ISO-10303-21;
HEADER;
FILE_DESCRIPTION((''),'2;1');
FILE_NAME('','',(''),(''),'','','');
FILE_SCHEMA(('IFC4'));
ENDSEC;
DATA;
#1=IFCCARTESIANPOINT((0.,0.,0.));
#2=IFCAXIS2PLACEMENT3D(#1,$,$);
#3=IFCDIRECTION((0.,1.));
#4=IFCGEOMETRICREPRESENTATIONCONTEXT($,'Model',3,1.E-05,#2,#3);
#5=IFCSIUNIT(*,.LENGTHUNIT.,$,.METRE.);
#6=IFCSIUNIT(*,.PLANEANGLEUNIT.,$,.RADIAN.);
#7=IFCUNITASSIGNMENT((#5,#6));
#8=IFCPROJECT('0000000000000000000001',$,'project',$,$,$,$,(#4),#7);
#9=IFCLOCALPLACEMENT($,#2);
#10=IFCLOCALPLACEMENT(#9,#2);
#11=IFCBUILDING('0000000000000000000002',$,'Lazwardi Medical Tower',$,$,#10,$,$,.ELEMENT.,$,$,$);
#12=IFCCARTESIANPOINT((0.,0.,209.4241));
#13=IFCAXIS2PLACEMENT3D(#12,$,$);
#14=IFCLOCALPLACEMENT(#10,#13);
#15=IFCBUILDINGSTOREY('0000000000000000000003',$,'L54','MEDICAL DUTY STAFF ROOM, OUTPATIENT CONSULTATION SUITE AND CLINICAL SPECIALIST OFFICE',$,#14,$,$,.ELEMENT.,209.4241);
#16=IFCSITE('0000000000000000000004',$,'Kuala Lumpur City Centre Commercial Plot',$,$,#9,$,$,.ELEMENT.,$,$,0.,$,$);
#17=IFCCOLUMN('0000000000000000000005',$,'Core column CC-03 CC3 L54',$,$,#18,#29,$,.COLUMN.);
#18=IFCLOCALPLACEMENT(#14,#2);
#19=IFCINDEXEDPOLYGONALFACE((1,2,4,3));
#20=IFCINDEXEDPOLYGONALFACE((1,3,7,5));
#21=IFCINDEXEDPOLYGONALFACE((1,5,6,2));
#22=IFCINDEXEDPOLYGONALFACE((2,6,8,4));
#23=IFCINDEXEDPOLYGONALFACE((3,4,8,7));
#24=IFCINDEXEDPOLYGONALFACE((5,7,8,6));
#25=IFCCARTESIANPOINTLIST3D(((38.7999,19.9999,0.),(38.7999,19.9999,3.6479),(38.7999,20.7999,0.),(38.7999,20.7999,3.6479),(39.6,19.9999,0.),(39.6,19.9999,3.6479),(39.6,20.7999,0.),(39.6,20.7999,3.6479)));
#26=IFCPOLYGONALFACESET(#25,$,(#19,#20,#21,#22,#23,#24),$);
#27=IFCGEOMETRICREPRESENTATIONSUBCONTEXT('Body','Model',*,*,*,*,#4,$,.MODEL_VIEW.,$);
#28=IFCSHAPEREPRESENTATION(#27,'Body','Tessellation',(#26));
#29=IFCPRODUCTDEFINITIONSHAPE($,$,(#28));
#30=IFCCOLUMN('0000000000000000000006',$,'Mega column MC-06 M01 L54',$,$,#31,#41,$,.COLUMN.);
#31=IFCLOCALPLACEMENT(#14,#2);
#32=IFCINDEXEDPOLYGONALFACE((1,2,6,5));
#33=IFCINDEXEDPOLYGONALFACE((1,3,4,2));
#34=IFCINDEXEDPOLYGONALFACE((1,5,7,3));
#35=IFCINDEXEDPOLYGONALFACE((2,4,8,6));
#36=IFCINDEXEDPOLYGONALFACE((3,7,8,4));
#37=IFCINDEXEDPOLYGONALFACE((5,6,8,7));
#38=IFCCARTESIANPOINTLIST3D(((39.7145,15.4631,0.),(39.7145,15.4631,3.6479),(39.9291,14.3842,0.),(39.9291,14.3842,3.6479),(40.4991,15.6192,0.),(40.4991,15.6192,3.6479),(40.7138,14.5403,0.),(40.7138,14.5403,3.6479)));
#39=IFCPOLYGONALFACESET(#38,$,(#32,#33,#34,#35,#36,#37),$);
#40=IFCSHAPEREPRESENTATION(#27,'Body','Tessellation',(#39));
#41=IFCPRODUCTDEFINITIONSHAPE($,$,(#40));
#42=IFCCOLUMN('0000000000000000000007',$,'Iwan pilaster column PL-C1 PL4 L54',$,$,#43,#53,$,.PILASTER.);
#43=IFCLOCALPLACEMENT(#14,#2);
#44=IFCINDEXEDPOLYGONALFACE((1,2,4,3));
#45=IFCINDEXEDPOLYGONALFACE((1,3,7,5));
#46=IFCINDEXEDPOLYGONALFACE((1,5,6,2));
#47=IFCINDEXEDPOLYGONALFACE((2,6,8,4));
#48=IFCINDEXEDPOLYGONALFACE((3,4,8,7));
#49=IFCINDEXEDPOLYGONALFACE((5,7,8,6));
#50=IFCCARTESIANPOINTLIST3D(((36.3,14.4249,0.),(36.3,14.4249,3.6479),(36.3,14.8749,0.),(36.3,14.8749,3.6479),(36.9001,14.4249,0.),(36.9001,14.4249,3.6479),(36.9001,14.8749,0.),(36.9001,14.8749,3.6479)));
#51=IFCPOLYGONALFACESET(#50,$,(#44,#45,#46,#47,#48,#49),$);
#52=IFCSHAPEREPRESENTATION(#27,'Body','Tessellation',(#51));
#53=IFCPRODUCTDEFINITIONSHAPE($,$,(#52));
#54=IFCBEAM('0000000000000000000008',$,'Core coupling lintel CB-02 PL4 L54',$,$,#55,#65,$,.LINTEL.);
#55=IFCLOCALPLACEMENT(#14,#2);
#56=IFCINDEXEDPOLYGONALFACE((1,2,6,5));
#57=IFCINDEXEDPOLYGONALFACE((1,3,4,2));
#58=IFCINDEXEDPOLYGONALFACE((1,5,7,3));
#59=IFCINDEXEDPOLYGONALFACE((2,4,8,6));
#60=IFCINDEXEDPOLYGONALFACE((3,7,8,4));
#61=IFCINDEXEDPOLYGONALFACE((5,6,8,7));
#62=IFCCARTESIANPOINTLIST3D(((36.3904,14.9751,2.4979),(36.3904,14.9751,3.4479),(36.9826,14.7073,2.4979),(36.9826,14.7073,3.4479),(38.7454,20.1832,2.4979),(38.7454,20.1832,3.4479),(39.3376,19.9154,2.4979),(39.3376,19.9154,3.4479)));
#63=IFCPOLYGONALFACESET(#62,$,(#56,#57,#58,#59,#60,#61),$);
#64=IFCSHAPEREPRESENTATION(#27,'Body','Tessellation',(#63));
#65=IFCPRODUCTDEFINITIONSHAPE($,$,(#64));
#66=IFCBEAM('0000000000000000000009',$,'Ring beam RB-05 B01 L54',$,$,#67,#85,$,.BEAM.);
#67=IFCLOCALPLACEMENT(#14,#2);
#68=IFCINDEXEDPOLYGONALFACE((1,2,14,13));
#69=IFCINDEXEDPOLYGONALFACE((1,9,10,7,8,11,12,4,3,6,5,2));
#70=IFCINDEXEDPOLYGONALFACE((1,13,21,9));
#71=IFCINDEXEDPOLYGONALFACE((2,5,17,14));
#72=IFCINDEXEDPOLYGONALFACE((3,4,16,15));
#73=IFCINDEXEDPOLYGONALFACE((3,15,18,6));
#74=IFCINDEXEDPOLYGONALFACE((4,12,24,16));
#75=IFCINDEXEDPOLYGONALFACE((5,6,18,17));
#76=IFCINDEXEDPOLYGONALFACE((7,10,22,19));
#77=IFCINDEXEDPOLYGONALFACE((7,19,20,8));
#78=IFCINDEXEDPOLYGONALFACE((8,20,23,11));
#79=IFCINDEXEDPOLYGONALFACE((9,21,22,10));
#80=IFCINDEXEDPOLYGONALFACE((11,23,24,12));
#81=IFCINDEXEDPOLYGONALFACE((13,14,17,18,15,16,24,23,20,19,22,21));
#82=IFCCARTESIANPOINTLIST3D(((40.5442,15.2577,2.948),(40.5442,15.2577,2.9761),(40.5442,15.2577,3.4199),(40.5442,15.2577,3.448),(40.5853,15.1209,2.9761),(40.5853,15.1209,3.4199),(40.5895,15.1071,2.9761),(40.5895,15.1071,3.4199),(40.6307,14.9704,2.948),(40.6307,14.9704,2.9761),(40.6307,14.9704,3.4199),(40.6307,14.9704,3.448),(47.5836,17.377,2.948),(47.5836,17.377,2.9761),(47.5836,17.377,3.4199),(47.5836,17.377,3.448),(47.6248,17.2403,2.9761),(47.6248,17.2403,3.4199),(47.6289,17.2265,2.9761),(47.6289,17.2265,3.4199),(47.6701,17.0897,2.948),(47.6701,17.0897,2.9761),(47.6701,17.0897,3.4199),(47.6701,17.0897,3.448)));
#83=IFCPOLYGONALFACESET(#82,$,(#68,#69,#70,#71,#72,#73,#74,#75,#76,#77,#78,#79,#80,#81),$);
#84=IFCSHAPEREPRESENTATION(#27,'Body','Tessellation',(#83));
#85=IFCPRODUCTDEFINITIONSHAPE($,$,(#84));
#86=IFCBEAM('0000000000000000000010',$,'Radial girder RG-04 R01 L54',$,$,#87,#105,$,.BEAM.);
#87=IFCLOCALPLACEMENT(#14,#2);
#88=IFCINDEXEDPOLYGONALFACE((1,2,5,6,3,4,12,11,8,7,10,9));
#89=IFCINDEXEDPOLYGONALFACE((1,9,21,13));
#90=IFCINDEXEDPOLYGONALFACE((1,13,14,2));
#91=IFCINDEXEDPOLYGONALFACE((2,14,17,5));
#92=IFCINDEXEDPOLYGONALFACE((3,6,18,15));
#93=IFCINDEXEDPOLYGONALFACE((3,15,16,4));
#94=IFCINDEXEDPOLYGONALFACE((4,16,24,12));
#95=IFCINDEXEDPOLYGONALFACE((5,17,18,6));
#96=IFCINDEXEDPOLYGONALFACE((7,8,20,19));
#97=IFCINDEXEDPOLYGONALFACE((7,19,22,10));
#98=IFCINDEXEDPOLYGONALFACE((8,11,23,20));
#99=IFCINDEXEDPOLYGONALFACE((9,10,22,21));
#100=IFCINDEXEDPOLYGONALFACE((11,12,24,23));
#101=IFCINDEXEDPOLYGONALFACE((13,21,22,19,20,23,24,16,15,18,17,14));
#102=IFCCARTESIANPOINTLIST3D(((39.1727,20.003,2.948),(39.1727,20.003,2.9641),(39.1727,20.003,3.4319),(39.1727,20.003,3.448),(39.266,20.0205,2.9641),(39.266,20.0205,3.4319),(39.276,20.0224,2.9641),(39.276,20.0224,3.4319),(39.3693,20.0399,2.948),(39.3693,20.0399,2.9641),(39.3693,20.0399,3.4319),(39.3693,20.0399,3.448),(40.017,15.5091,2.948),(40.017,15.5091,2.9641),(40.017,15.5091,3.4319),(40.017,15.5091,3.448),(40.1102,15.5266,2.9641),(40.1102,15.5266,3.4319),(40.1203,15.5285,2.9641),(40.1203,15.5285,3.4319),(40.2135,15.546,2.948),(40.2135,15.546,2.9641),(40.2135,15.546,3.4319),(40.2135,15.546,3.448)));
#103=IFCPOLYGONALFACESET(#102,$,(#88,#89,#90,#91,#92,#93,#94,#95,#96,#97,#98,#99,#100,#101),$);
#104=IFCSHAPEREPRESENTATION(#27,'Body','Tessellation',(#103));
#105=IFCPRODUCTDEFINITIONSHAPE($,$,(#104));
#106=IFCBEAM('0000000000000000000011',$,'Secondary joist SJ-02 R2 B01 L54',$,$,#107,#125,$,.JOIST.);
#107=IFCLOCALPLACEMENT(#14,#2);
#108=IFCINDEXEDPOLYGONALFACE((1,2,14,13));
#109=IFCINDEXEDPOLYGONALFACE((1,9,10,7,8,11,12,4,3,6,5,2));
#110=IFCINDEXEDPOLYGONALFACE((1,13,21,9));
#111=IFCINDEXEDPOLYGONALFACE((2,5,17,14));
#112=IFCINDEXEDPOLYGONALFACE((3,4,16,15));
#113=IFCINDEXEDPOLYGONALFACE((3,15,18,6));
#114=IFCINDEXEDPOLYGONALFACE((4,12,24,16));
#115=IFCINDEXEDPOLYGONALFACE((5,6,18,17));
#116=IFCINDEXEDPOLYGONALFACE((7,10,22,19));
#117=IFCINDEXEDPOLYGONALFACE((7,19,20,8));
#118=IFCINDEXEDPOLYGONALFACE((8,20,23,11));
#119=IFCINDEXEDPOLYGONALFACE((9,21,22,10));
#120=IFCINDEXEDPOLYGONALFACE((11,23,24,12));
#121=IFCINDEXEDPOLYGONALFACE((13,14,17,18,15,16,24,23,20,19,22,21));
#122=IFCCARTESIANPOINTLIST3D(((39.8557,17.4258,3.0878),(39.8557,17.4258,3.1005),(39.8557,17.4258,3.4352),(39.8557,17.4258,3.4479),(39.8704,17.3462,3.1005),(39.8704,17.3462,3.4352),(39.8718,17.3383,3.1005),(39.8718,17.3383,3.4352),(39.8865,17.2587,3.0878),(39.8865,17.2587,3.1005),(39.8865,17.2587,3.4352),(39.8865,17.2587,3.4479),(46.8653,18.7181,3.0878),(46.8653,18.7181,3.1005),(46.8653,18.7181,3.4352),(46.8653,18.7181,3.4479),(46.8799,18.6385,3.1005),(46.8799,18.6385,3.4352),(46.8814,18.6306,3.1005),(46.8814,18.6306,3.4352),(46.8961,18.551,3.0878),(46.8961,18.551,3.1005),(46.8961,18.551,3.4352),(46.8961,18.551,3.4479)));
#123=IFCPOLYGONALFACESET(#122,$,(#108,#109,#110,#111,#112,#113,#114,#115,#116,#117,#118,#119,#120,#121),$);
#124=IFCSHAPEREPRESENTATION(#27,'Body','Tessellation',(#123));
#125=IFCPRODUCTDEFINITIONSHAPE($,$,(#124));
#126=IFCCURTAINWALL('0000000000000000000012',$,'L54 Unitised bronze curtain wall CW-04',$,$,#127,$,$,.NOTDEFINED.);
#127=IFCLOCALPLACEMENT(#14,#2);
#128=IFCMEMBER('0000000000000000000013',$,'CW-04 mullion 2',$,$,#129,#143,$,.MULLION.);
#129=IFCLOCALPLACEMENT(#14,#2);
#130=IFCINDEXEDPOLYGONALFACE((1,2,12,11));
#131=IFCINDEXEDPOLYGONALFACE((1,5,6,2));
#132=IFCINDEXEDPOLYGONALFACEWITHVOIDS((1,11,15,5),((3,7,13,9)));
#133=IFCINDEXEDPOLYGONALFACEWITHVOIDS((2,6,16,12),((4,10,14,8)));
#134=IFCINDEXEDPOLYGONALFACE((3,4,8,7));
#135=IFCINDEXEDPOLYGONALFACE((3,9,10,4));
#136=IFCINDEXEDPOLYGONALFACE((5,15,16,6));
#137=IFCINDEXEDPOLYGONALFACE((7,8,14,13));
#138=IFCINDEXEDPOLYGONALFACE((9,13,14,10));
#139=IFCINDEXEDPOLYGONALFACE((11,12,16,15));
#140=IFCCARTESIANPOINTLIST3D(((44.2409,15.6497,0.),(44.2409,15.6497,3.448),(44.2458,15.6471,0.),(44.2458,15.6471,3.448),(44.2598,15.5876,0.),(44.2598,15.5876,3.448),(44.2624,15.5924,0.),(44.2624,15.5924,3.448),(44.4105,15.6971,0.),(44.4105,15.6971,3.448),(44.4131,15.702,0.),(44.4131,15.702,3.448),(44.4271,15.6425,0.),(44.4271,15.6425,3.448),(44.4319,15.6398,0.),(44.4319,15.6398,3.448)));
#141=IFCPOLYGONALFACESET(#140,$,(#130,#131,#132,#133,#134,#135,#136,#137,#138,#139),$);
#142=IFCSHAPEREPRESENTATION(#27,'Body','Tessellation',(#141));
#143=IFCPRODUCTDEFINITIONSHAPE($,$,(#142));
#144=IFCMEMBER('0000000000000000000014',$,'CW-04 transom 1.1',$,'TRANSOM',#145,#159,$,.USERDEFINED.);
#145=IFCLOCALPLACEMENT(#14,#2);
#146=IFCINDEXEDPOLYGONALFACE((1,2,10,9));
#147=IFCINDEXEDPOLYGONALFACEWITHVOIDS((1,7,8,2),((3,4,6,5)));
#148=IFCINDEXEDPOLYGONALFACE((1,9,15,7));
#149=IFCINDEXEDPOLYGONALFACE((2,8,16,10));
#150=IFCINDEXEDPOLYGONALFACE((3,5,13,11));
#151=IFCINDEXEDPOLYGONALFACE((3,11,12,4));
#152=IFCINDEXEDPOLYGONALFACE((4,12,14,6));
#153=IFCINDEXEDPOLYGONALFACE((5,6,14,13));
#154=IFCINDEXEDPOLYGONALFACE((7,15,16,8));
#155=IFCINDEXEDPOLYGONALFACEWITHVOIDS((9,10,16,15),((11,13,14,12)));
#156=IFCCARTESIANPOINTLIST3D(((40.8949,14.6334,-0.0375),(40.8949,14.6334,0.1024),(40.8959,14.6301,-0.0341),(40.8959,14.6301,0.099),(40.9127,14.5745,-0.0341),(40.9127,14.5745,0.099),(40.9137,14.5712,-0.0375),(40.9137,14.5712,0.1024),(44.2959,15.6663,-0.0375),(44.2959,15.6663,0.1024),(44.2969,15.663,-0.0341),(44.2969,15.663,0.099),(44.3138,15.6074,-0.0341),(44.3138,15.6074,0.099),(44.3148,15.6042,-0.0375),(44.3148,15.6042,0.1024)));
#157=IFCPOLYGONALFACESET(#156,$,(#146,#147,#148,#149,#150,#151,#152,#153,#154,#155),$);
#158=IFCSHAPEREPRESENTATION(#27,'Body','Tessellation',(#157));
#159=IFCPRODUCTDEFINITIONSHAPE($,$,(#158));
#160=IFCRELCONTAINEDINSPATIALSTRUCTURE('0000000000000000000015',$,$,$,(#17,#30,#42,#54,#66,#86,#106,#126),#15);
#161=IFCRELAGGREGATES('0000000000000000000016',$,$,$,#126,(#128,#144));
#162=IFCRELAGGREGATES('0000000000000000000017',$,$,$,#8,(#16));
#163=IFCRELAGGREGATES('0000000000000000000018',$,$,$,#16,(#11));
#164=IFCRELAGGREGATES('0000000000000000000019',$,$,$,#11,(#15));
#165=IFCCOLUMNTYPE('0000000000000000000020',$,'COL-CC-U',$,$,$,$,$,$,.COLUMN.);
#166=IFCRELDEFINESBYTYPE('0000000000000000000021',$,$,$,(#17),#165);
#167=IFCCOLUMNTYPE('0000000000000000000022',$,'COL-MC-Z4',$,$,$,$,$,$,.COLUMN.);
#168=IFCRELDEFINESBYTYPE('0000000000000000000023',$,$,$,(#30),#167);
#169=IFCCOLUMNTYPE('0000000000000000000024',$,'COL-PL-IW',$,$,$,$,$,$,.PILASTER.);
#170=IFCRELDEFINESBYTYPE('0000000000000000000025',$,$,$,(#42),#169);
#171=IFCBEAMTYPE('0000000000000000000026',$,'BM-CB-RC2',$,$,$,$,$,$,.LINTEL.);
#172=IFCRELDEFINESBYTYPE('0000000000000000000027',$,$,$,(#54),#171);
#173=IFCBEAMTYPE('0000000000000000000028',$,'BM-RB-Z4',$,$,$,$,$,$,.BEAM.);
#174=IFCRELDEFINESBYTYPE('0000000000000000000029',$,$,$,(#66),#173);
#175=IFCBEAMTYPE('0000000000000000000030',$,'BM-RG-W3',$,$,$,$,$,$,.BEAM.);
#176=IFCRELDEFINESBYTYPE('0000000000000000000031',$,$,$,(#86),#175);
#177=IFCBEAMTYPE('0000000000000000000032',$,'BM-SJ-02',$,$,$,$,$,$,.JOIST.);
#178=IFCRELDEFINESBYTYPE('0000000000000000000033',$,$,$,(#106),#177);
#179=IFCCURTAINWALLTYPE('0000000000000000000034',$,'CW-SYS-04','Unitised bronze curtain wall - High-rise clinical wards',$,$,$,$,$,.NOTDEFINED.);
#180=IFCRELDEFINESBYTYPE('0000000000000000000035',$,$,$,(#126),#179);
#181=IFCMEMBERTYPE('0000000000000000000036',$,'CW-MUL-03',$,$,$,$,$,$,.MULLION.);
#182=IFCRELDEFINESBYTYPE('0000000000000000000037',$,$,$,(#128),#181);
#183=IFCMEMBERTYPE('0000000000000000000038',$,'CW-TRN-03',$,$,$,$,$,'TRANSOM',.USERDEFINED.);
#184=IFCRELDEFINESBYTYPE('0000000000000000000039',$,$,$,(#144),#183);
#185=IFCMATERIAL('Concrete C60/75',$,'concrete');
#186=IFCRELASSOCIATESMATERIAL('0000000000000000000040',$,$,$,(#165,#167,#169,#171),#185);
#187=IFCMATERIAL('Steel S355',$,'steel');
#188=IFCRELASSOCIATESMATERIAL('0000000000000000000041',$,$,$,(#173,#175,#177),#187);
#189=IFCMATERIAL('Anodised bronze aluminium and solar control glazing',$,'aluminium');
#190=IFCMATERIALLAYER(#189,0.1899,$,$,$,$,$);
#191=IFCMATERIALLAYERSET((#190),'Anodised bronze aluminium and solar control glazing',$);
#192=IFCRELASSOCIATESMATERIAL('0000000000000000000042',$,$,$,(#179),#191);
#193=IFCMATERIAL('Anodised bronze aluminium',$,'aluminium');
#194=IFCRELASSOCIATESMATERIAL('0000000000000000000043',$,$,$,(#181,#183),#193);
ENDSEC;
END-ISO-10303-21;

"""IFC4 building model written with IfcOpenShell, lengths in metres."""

from ifc_helpers import new_model, si_unit, direction, frame, origin, origin_2d, place, context, subcontext, project, spatial, rectangle, hollow_rectangle, i_section, extrude, material, layer, layer_set, material_profile, profile_set, type_object, element, aggregate, save


model = new_model("IFC4")

# Units and contexts
model_context = context("Model", 3, precision=1e-05, world=origin(), true_north=direction((0.0, 1.0)))
body_context = subcontext(model_context, "Body", "Model", "MODEL_VIEW")
ifc_project = project(units=[si_unit("LENGTHUNIT", "METRE"), si_unit("PLANEANGLEUNIT", "RADIAN")], contexts=[model_context])

# Site, building, storey
site_placement = place(None, origin())
site = spatial("IfcSite", under=ifc_project, at=site_placement, Name="Kuala Lumpur City Centre Commercial Plot", CompositionType="ELEMENT", RefElevation=0.0)
building_placement = place(site_placement, origin())
building = spatial("IfcBuilding", under=site, at=building_placement, Name="Lazwardi Medical Tower", CompositionType="ELEMENT")
storey_placement = place(building_placement, frame((0.0, 0.0, 209.4241)))
storey = spatial("IfcBuildingStorey", under=building, at=storey_placement, Name="L54", Description="MEDICAL DUTY STAFF ROOM, OUTPATIENT CONSULTATION SUITE AND CLINICAL SPECIALIST OFFICE", CompositionType="ELEMENT", Elevation=209.4241)

# Columns
ifc_material_1 = material(Name="Concrete C60/75", Category="concrete")
ifc_material_profile_1 = material_profile(ifc_material_1, rectangle(XDim=0.8, YDim=0.8, at=origin_2d()), Name="RC 800x800")
ifc_profile_set_1 = profile_set([ifc_material_profile_1], Name="Concrete C60/75")
column_type_1 = type_object("IfcColumnType", Name="COL-CC-U", PredefinedType="COLUMN", material=ifc_profile_set_1)
column_1_placement = place(storey_placement, frame((39.2, 20.3999, 0.0), z_axis=(0.0, 0.0, 1.0), x_axis=(1.0, 0.0, 0.0)))
element("IfcColumn", 1, at=column_1_placement, inside=storey, type_object=column_type_1, Name="Core column CC-03 CC3 L54", PredefinedType="COLUMN", context=body_context, shape_type="SweptSolid", body=[
    extrude(rectangle(XDim=0.8, YDim=0.8, at=origin_2d()), origin(), (0.0, 0.0, 1.0), 3.6479),
])
ifc_material_profile_2 = material_profile(ifc_material_1, rectangle(XDim=1.1001, YDim=0.8, at=origin_2d()), Name="CFT-RECT 1100x800")
ifc_profile_set_2 = profile_set([ifc_material_profile_2], Name="Concrete C60/75")
column_type_2 = type_object("IfcColumnType", Name="COL-MC-Z4", PredefinedType="COLUMN", material=ifc_profile_set_2)
column_2_placement = place(storey_placement, frame((40.2141, 15.0017, 0.0), z_axis=(0.0, 0.0, 1.0), x_axis=(0.19509, -0.980785, 0.0)))
element("IfcColumn", 2, at=column_2_placement, inside=storey, type_object=column_type_2, Name="Mega column MC-06 M01 L54", PredefinedType="COLUMN", context=body_context, shape_type="SweptSolid", body=[
    extrude(rectangle(XDim=1.1001, YDim=0.8, at=origin_2d()), origin(), (0.0, 0.0, 1.0), 3.6479),
])
ifc_material_profile_3 = material_profile(ifc_material_1, rectangle(XDim=0.6001, YDim=0.45, at=origin_2d()), Name="RC 600x450")
ifc_profile_set_3 = profile_set([ifc_material_profile_3], Name="Concrete C60/75")
column_type_3 = type_object("IfcColumnType", Name="COL-PL-IW", PredefinedType="PILASTER", material=ifc_profile_set_3)
column_3_placement = place(storey_placement, frame((36.6001, 14.6499, 0.0), z_axis=(0.0, 0.0, 1.0), x_axis=(1.0, 0.0, 0.0)))
element("IfcColumn", 3, at=column_3_placement, inside=storey, type_object=column_type_3, Name="Iwan pilaster column PL-C1 PL4 L54", PredefinedType="PILASTER", context=body_context, shape_type="SweptSolid", body=[
    extrude(rectangle(XDim=0.6001, YDim=0.45, at=origin_2d()), origin(), (0.0, 0.0, 1.0), 3.6479),
])

# Beams
ifc_material_profile_4 = material_profile(ifc_material_1, rectangle(XDim=0.6499, YDim=0.95, at=origin_2d()), Name="RC 650x950")
ifc_profile_set_4 = profile_set([ifc_material_profile_4], Name="Concrete C60/75")
beam_type_1 = type_object("IfcBeamType", Name="BM-CB-RC2", PredefinedType="LINTEL", material=ifc_profile_set_4)
beam_1_placement = place(storey_placement, frame((39.0415, 20.0493, 2.9729), z_axis=(-0.412019, -0.911175, 0.0), x_axis=(0.911175, -0.412019, 0.0)))
element("IfcBeam", 4, at=beam_1_placement, inside=storey, type_object=beam_type_1, Name="Core coupling lintel CB-02 PL4 L54", PredefinedType="LINTEL", context=body_context, shape_type="SweptSolid", body=[
    extrude(rectangle(XDim=0.6499, YDim=0.95, at=origin_2d()), origin(), (0.0, 0.0, 1.0), 5.7158),
])
ifc_material_2 = material(Name="Steel S355", Category="steel")
ifc_material_profile_5 = material_profile(ifc_material_2, i_section(OverallWidth=0.3, OverallDepth=0.5, WebThickness=0.0144, FlangeThickness=0.0281, at=origin_2d()), Name="HEB 500")
ifc_profile_set_5 = profile_set([ifc_material_profile_5], Name="Steel S355")
beam_type_2 = type_object("IfcBeamType", Name="BM-RB-Z4", PredefinedType="BEAM", material=ifc_profile_set_5)
beam_2_placement = place(storey_placement, frame((40.5874, 15.114, 3.198), z_axis=(0.957544, 0.288286, 0.0), x_axis=(-0.288286, 0.957544, 0.0)))
element("IfcBeam", 5, at=beam_2_placement, inside=storey, type_object=beam_type_2, Name="Ring beam RB-05 B01 L54", PredefinedType="BEAM", context=body_context, shape_type="SweptSolid", body=[
    extrude(i_section(OverallWidth=0.3, OverallDepth=0.5, WebThickness=0.0144, FlangeThickness=0.0281, at=origin_2d()), origin(), (0.0, 0.0, 1.0), 7.3516),
])
ifc_material_profile_6 = material_profile(ifc_material_2, i_section(OverallWidth=0.2, OverallDepth=0.5, WebThickness=0.0103, FlangeThickness=0.0161, at=origin_2d()), Name="IPE 500")
ifc_profile_set_6 = profile_set([ifc_material_profile_6], Name="Steel S355")
beam_type_3 = type_object("IfcBeamType", Name="BM-RG-W3", PredefinedType="BEAM", material=ifc_profile_set_6)
beam_3_placement = place(storey_placement, frame((40.1152, 15.5276, 3.198), z_axis=(-0.184633, 0.982807, 0.0), x_axis=(-0.982807, -0.184633, 0.0)))
element("IfcBeam", 6, at=beam_3_placement, inside=storey, type_object=beam_type_3, Name="Radial girder RG-04 R01 L54", PredefinedType="BEAM", context=body_context, shape_type="SweptSolid", body=[
    extrude(i_section(OverallWidth=0.2, OverallDepth=0.5, WebThickness=0.0103, FlangeThickness=0.0161, at=origin_2d()), origin(), (0.0, 0.0, 1.0), 4.5725),
])
ifc_material_profile_7 = material_profile(ifc_material_2, i_section(OverallWidth=0.1699, OverallDepth=0.3601, WebThickness=0.0081, FlangeThickness=0.0127, at=origin_2d()), Name="IPE 360")
ifc_profile_set_7 = profile_set([ifc_material_profile_7], Name="Steel S355")
beam_type_4 = type_object("IfcBeamType", Name="BM-SJ-02", PredefinedType="JOIST", material=ifc_profile_set_7)
beam_4_placement = place(storey_placement, frame((39.8711, 17.3423, 3.2678), z_axis=(0.983428, 0.181299, 0.0), x_axis=(-0.181299, 0.983428, 0.0)))
element("IfcBeam", 7, at=beam_4_placement, inside=storey, type_object=beam_type_4, Name="Secondary joist SJ-02 R2 B01 L54", PredefinedType="JOIST", context=body_context, shape_type="SweptSolid", body=[
    extrude(i_section(OverallWidth=0.1699, OverallDepth=0.3601, WebThickness=0.0081, FlangeThickness=0.0127, at=origin_2d()), origin(), (0.0, 0.0, 1.0), 7.1277),
])

# Curtain wall, members
ifc_material_3 = material(Name="Anodised bronze aluminium and solar control glazing", Category="aluminium")
ifc_layer_1 = layer(ifc_material_3, 0.1899)
ifc_layer_set_1 = layer_set([ifc_layer_1], Name="Anodised bronze aluminium and solar control glazing")
curtain_wall_type = type_object("IfcCurtainWallType", Name="CW-SYS-04", Description="Unitised bronze curtain wall - High-rise clinical wards", PredefinedType="NOTDEFINED", material=ifc_layer_set_1)
curtain_wall_placement = place(storey_placement, origin())
curtain_wall = element("IfcCurtainWall", 8, at=curtain_wall_placement, inside=storey, type_object=curtain_wall_type, Name="L54 Unitised bronze curtain wall CW-04", PredefinedType="NOTDEFINED")
ifc_material_4 = material(Name="Anodised bronze aluminium", Category="aluminium")
ifc_material_profile_8 = material_profile(ifc_material_4, hollow_rectangle(XDim=0.0649, YDim=0.1799, WallThickness=0.0039, at=origin_2d()), Name="ALU-MULLION 180x65x4")
ifc_profile_set_8 = profile_set([ifc_material_profile_8], Name="Anodised bronze aluminium")
member_type_1 = type_object("IfcMemberType", Name="CW-MUL-03", PredefinedType="MULLION", material=ifc_profile_set_8)
member_1_placement = place(storey_placement, frame((44.3364, 15.6448, 0.0), z_axis=(0.0, 0.0, 1.0), x_axis=(-0.290582, 0.95685, 0.0)))
member_1 = element("IfcMember", 9, at=member_1_placement, type_object=member_type_1, Name="CW-04 mullion 2", PredefinedType="MULLION", context=body_context, shape_type="SweptSolid", body=[
    extrude(hollow_rectangle(XDim=0.0649, YDim=0.1799, WallThickness=0.0039, at=origin_2d()), origin(), (0.0, 0.0, 1.0), 3.448),
])
ifc_material_profile_9 = material_profile(ifc_material_4, hollow_rectangle(XDim=0.0649, YDim=0.1399, WallThickness=0.0034, at=origin_2d()), Name="ALU-TRANSOM 140x65x3.5")
ifc_profile_set_9 = profile_set([ifc_material_profile_9], Name="Anodised bronze aluminium")
member_type_2 = type_object("IfcMemberType", Name="CW-TRN-03", ElementType="TRANSOM", PredefinedType="USERDEFINED", material=ifc_profile_set_9)
member_2_placement = place(storey_placement, frame((40.9043, 14.6023, 0.0325), z_axis=(0.956843, 0.290604, 0.0), x_axis=(-0.290604, 0.956843, 0.0)))
member_2 = element("IfcMember", 10, at=member_2_placement, type_object=member_type_2, Name="CW-04 transom 1.1", ObjectType="TRANSOM", PredefinedType="USERDEFINED", context=body_context, shape_type="SweptSolid", body=[
    extrude(hollow_rectangle(XDim=0.0649, YDim=0.1399, WallThickness=0.0034, at=origin_2d()), origin(), (0.0, 0.0, 1.0), 3.5544),
])
aggregate(curtain_wall, [member_1, member_2])

save(model, "model.ifc")
